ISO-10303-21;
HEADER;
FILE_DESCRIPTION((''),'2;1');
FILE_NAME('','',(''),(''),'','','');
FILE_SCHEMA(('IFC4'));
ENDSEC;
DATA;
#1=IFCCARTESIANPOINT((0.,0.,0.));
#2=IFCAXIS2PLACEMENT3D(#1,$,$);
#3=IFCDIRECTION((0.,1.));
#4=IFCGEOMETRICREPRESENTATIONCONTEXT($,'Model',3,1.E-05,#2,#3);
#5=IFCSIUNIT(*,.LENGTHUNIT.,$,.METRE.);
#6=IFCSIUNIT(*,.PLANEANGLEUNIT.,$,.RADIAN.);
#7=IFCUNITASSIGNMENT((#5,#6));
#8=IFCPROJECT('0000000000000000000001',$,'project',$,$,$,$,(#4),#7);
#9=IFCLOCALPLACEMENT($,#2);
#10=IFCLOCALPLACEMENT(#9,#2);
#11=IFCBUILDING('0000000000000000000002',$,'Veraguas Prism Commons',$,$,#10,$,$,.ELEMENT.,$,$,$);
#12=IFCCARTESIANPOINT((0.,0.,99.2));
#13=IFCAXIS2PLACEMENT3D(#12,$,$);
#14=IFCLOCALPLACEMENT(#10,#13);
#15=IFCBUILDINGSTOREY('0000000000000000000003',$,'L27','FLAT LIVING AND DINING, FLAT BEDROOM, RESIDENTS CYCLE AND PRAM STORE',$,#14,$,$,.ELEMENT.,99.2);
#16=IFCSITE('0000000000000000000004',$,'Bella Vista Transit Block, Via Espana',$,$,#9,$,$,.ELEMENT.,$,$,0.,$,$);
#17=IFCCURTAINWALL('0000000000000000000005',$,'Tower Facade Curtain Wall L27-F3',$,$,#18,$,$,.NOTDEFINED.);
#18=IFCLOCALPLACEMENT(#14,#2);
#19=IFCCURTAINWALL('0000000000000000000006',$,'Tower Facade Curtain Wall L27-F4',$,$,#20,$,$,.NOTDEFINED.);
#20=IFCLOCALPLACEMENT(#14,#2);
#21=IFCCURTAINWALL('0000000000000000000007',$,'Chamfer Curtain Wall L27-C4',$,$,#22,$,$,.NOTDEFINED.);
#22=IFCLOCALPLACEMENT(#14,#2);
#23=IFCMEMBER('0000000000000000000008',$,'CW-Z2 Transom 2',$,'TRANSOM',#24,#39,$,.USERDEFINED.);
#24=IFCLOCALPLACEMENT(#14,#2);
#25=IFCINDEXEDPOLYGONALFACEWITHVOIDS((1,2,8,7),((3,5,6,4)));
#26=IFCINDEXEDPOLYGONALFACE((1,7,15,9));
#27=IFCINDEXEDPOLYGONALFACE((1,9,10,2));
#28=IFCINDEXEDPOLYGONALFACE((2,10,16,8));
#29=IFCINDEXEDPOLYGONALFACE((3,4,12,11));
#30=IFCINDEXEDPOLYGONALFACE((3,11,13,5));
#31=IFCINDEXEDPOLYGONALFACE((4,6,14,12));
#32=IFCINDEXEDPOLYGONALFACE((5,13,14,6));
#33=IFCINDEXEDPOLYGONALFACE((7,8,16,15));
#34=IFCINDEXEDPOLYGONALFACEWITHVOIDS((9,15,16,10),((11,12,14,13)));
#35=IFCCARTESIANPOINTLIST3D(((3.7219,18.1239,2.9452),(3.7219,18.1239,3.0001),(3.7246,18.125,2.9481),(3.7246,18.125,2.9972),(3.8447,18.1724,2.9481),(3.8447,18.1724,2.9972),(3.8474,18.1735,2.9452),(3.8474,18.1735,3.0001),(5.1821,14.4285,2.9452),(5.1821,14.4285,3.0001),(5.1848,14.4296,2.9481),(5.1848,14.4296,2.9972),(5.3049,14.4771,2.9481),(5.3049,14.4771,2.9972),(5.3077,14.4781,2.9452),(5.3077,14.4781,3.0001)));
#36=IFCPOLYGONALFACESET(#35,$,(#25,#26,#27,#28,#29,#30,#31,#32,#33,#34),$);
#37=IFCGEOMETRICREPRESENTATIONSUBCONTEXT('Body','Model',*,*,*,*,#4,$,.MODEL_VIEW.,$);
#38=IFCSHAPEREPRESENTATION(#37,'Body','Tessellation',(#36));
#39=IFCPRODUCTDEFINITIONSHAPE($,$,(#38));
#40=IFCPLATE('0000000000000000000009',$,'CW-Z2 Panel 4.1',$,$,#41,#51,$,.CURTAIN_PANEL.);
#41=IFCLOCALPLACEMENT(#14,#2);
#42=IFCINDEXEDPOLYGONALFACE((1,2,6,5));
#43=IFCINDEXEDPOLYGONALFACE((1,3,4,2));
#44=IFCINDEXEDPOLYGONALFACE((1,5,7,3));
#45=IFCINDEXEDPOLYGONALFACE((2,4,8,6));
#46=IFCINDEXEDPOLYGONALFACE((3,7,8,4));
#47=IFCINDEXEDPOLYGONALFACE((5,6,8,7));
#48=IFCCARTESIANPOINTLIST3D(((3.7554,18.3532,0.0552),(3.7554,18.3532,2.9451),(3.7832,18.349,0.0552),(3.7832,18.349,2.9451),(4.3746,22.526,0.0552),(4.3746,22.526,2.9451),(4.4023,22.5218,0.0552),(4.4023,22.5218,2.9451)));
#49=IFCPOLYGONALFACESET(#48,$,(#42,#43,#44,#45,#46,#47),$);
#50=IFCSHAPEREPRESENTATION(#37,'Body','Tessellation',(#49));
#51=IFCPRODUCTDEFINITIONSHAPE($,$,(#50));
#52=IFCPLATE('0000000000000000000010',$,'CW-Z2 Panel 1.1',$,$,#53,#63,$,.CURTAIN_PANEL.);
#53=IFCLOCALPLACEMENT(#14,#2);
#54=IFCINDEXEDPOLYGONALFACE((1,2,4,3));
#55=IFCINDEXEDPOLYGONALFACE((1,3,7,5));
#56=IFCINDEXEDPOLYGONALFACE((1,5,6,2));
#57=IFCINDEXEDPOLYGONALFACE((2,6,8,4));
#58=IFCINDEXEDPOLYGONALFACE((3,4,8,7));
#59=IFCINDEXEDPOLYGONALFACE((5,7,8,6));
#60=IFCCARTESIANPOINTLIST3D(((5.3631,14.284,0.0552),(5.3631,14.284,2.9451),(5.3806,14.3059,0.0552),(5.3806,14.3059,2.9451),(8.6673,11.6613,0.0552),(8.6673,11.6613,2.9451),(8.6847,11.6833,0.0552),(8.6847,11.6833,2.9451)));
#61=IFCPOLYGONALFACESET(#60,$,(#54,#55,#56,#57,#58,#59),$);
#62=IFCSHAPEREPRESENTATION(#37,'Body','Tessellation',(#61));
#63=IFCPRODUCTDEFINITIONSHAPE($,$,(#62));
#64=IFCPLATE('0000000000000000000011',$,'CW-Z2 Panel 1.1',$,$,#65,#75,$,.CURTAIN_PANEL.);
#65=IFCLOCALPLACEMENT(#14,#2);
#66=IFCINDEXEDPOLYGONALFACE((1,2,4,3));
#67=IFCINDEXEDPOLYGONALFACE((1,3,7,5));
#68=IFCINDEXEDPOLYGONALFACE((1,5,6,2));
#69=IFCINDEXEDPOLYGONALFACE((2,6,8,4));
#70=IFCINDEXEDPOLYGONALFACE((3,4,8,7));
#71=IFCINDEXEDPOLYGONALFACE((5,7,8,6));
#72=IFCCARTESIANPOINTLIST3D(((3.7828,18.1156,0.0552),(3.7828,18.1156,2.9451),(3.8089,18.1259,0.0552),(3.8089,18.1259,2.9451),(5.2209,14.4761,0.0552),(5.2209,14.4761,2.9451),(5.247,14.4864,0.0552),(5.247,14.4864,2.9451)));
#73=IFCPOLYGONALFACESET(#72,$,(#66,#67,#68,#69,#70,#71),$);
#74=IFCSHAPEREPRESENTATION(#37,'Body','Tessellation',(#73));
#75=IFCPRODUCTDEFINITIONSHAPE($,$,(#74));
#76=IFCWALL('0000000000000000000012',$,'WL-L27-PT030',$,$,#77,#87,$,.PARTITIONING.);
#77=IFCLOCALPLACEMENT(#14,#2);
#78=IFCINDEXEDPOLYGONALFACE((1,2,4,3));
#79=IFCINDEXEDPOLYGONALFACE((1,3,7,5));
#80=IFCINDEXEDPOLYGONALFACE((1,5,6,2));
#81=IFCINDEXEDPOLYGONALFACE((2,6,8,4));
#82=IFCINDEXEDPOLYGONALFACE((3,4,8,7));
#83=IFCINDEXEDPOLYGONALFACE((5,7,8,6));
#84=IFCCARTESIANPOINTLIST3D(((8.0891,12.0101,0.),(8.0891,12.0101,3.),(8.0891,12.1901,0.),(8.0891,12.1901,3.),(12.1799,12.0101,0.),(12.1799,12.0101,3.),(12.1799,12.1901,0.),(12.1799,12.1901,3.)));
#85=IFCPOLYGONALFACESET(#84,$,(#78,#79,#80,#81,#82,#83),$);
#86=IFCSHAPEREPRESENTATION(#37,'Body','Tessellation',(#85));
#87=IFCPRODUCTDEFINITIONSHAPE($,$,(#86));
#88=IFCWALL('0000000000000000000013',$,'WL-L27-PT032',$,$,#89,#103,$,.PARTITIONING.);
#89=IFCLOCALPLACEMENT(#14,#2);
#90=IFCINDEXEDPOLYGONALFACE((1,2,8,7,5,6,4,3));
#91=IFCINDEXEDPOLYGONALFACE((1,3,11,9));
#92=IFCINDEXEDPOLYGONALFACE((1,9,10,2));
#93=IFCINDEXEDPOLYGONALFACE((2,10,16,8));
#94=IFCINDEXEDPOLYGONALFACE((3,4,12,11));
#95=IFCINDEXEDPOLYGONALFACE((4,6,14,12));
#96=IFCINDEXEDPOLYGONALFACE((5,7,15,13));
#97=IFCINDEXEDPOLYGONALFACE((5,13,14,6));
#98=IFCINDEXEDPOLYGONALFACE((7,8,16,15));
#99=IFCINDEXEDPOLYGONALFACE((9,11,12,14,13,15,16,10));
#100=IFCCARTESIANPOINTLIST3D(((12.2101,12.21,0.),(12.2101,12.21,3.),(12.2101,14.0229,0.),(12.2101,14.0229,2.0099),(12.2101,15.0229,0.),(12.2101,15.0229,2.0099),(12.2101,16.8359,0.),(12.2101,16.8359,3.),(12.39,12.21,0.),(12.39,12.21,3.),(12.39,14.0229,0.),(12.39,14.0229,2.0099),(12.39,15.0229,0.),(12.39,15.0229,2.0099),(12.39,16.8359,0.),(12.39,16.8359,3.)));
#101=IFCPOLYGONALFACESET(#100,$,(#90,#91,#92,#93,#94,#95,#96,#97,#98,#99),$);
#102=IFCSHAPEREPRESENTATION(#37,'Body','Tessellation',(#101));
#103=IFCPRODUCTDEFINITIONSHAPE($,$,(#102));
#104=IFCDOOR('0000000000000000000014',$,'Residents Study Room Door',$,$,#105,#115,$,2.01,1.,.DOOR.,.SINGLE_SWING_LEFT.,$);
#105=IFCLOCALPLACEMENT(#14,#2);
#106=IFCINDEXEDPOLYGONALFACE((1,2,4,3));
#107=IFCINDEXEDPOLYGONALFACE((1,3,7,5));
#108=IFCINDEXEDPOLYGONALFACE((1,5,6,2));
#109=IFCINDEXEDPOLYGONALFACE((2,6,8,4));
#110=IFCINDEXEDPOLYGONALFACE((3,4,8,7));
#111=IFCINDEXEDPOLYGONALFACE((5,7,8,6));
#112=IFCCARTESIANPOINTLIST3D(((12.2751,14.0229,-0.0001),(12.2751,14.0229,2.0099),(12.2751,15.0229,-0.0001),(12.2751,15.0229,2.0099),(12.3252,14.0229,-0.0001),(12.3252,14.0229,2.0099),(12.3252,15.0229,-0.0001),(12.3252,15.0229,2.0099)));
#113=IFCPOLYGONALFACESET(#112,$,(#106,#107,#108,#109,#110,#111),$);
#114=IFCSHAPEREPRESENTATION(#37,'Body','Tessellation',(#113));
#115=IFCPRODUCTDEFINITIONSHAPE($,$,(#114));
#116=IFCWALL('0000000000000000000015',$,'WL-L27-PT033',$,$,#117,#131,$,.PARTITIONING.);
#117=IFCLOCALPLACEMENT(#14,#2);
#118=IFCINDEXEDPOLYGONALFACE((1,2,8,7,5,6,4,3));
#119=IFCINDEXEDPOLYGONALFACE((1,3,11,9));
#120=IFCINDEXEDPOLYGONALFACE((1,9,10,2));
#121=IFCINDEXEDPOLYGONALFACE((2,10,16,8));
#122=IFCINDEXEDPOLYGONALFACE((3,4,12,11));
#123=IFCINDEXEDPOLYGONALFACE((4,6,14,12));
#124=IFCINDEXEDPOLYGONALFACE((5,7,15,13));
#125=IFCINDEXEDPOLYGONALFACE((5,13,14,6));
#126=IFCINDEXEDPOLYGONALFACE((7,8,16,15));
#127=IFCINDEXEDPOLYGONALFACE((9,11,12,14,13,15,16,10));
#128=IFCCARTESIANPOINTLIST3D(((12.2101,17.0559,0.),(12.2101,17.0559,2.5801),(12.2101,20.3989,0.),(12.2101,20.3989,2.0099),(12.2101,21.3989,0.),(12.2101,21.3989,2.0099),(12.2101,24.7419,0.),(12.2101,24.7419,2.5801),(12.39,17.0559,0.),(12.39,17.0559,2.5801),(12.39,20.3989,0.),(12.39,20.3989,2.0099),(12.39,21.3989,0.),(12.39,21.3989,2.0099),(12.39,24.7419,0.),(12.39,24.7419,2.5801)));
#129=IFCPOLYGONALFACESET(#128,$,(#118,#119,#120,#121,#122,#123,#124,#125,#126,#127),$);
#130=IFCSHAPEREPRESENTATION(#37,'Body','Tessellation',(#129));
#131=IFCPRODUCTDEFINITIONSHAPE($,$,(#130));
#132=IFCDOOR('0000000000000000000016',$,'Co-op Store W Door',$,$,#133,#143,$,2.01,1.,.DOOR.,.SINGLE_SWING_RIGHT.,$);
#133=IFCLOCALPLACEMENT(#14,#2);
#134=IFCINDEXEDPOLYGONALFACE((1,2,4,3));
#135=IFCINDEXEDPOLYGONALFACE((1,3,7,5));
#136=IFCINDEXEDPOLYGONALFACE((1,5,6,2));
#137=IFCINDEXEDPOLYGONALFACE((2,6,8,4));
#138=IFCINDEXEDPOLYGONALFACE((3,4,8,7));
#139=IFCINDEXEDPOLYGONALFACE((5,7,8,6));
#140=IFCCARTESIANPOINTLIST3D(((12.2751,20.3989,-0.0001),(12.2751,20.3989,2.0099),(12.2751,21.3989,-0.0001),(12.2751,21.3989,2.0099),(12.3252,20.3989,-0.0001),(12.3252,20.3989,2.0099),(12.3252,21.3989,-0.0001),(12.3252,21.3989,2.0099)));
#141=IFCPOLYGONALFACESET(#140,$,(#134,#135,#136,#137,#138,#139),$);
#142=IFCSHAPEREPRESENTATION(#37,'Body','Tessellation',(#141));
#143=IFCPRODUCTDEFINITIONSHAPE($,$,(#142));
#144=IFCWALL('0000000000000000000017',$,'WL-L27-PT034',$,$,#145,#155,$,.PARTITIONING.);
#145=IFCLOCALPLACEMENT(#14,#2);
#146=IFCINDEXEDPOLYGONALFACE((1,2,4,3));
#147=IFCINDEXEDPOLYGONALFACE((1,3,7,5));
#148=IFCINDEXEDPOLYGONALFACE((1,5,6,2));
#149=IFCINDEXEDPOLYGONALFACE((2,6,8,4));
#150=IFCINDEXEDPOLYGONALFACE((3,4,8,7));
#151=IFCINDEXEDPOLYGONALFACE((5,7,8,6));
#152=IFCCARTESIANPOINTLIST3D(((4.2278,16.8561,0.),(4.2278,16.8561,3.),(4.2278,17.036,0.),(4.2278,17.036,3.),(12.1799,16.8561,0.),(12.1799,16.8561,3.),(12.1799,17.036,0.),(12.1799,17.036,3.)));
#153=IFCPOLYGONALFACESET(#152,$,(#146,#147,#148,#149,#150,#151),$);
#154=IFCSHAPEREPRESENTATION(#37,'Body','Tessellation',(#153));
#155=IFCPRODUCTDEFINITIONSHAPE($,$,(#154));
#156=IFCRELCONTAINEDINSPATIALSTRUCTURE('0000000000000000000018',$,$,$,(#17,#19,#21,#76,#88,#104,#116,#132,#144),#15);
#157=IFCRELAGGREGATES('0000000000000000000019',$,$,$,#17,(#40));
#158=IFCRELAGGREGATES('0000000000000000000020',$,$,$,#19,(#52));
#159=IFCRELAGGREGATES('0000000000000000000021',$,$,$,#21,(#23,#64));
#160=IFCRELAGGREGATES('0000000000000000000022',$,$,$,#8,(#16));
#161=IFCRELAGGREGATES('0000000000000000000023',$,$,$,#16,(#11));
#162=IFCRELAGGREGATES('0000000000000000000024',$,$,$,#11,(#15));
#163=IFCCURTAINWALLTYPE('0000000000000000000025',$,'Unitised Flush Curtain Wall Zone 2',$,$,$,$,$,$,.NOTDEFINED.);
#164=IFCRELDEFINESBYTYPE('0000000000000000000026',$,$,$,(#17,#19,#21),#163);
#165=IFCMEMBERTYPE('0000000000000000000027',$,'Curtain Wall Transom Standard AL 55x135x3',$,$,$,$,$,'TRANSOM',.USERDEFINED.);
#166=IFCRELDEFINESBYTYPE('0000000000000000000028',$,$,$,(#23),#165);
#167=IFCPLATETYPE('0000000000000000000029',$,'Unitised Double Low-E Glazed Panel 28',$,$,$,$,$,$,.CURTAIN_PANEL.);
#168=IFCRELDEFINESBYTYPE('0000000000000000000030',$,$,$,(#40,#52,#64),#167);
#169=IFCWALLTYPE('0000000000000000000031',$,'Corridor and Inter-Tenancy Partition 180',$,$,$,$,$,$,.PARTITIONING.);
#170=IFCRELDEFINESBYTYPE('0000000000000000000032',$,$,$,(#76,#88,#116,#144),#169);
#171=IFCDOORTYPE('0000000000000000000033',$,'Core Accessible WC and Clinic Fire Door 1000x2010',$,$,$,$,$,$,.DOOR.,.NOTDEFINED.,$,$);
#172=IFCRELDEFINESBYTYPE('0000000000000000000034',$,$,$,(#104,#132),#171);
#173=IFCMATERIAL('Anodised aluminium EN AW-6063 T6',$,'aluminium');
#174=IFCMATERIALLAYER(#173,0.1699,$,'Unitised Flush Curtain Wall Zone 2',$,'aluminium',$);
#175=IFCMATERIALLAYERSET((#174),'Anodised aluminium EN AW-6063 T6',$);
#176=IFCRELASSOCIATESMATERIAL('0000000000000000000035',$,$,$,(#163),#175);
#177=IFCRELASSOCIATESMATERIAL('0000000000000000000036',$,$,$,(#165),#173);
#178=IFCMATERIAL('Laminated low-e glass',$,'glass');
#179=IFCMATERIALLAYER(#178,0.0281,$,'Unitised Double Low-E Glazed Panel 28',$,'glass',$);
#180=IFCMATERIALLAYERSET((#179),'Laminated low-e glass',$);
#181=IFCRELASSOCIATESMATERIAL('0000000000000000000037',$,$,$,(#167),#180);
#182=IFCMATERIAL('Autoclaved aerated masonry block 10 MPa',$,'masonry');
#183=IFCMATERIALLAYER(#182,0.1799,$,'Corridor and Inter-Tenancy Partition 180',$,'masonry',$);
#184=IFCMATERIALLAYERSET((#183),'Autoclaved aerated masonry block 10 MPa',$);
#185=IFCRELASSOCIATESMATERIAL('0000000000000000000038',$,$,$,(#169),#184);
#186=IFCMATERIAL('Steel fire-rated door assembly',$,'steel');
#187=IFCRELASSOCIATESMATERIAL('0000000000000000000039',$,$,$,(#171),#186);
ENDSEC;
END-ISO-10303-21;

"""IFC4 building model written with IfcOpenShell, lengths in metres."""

from ifc_helpers import new_model, si_unit, direction, frame, frame_2d, origin, origin_2d, place, context, subcontext, project, spatial, rectangle, hollow_rectangle, extrude, source, transform, mapped, material, layer, layer_set, material_profile, profile_set, type_object, element, fill, aggregate, save


model = new_model("IFC4")

# Units and contexts
model_context = context("Model", 3, precision=1e-05, world=origin(), true_north=direction((0.0, 1.0)))
body_context = subcontext(model_context, "Body", "Model", "MODEL_VIEW")
ifc_project = project(units=[si_unit("LENGTHUNIT", "METRE"), si_unit("PLANEANGLEUNIT", "RADIAN")], contexts=[model_context])

# Site, building, storey
site_placement = place(None, origin())
site = spatial("IfcSite", under=ifc_project, at=site_placement, Name="Bella Vista Transit Block, Via Espana", CompositionType="ELEMENT", RefElevation=0.0)
building_placement = place(site_placement, origin())
building = spatial("IfcBuilding", under=site, at=building_placement, Name="Veraguas Prism Commons", CompositionType="ELEMENT")
storey_placement = place(building_placement, frame((0.0, 0.0, 99.2)))
storey = spatial("IfcBuildingStorey", under=building, at=storey_placement, Name="L27", Description="FLAT LIVING AND DINING, FLAT BEDROOM, RESIDENTS CYCLE AND PRAM STORE", CompositionType="ELEMENT", Elevation=99.2)

# Curtain walls
ifc_material_1 = material(Name="Anodised aluminium EN AW-6063 T6", Category="aluminium")
ifc_layer_1 = layer(ifc_material_1, 0.1699, Name="Unitised Flush Curtain Wall Zone 2", Category="aluminium")
ifc_layer_set_1 = layer_set([ifc_layer_1], Name="Anodised aluminium EN AW-6063 T6")
curtain_wall_type = type_object("IfcCurtainWallType", Name="Unitised Flush Curtain Wall Zone 2", PredefinedType="NOTDEFINED", material=ifc_layer_set_1)
curtain_wall_1_placement = place(storey_placement, origin())
curtain_wall_1 = element("IfcCurtainWall", 1, at=curtain_wall_1_placement, inside=storey, type_object=curtain_wall_type, Name="Tower Facade Curtain Wall L27-F3", PredefinedType="NOTDEFINED")
curtain_wall_2_placement = place(storey_placement, origin())
curtain_wall_2 = element("IfcCurtainWall", 2, at=curtain_wall_2_placement, inside=storey, type_object=curtain_wall_type, Name="Tower Facade Curtain Wall L27-F4", PredefinedType="NOTDEFINED")

# Curtain wall
curtain_wall_3_placement = place(storey_placement, origin())
curtain_wall_3 = element("IfcCurtainWall", 3, at=curtain_wall_3_placement, inside=storey, type_object=curtain_wall_type, Name="Chamfer Curtain Wall L27-C4", PredefinedType="NOTDEFINED")

# Member
ifc_material_profile_1 = material_profile(ifc_material_1, hollow_rectangle(XDim=0.0549, YDim=0.135, WallThickness=0.0029, at=origin_2d()), Name="AL55X135X3")
ifc_profile_set_1 = profile_set([ifc_material_profile_1], Name="Anodised aluminium EN AW-6063 T6")
member_type_1 = type_object("IfcMemberType", Name="Curtain Wall Transom Standard AL 55x135x3", ElementType="TRANSOM", PredefinedType="USERDEFINED", material=ifc_profile_set_1)
shared_shape_1 = source(origin(), body_context, "Body", "SweptSolid", [
    extrude(hollow_rectangle(XDim=0.0549, YDim=0.135, WallThickness=0.0029, at=origin_2d()), origin(), (0.0, 0.0, 1.0), 3.9734),
])
member_1_placement = place(storey_placement, frame((3.7847, 18.1487, 2.9727), z_axis=(0.367499, -0.930024, 0.0), x_axis=(0.0, 0.0, 1.0)))
member_1 = element("IfcMember", 4, at=member_1_placement, type_object=member_type_1, Name="CW-Z2 Transom 2", ObjectType="TRANSOM", PredefinedType="USERDEFINED", context=body_context, shape_type="MappedRepresentation", body=[
    mapped(shared_shape_1, transform((0.0, 0.0, 0.0), scale=1.0)),
])

# Plates
ifc_material_2 = material(Name="Laminated low-e glass", Category="glass")
ifc_layer_2 = layer(ifc_material_2, 0.0281, Name="Unitised Double Low-E Glazed Panel 28", Category="glass")
ifc_layer_set_2 = layer_set([ifc_layer_2], Name="Laminated low-e glass")
plate_type = type_object("IfcPlateType", Name="Unitised Double Low-E Glazed Panel 28", PredefinedType="CURTAIN_PANEL", material=ifc_layer_set_2)
shared_shape_2 = source(origin(), body_context, "Body", "SweptSolid", [
    extrude(rectangle(XDim=4.2185, YDim=0.0281, at=origin_2d()), origin(), (0.0, 0.0, 1.0), 2.8899),
])
plate_1_placement = place(storey_placement, frame((4.0789, 20.4375, 0.0552), z_axis=(0.0, 0.0, 1.0), x_axis=(-0.146777, -0.98917, 0.0)))
plate_1 = element("IfcPlate", 5, at=plate_1_placement, type_object=plate_type, Name="CW-Z2 Panel 4.1", PredefinedType="CURTAIN_PANEL", context=body_context, shape_type="MappedRepresentation", body=[
    mapped(shared_shape_2, transform((0.0, 0.0, 0.0), scale=1.0)),
])
aggregate(curtain_wall_1, [plate_1])
plate_2_placement = place(storey_placement, frame((7.0239, 12.9836, 0.0552), z_axis=(0.0, 0.0, 1.0), x_axis=(0.783261, -0.621693, 0.0)))
plate_2 = element("IfcPlate", 6, at=plate_2_placement, type_object=plate_type, Name="CW-Z2 Panel 1.1", PredefinedType="CURTAIN_PANEL", context=body_context, shape_type="MappedRepresentation", body=[
    mapped(shared_shape_2, transform((0.0, 0.0, 0.0), scale=1.0)),
])
aggregate(curtain_wall_2, [plate_2])
shared_shape_3 = source(origin(), body_context, "Body", "SweptSolid", [
    extrude(rectangle(XDim=3.9133, YDim=0.0281, at=origin_2d()), origin(), (0.0, 0.0, 1.0), 2.8899),
])
plate_3_placement = place(storey_placement, frame((4.5149, 16.301, 0.0552), z_axis=(0.0, 0.0, 1.0), x_axis=(0.367498, -0.930024, 0.0)))
plate_3 = element("IfcPlate", 7, at=plate_3_placement, type_object=plate_type, Name="CW-Z2 Panel 1.1", PredefinedType="CURTAIN_PANEL", context=body_context, shape_type="MappedRepresentation", body=[
    mapped(shared_shape_3, transform((0.0, 0.0, 0.0), scale=1.0)),
])
aggregate(curtain_wall_3, [member_1, plate_3])

# Wall
ifc_material_3 = material(Name="Autoclaved aerated masonry block 10 MPa", Category="masonry")
ifc_layer_3 = layer(ifc_material_3, 0.1799, Name="Corridor and Inter-Tenancy Partition 180", Category="masonry")
ifc_layer_set_3 = layer_set([ifc_layer_3], Name="Autoclaved aerated masonry block 10 MPa")
wall_type = type_object("IfcWallType", Name="Corridor and Inter-Tenancy Partition 180", PredefinedType="PARTITIONING", material=ifc_layer_set_3)
wall_1_placement = place(storey_placement, frame((12.1799, 12.1001, 0.0), z_axis=(0.0, 0.0, 1.0), x_axis=(-1.0, 0.0, 0.0)))
element("IfcWall", 8, at=wall_1_placement, inside=storey, type_object=wall_type, Name="WL-L27-PT030", PredefinedType="PARTITIONING", context=body_context, shape_type="SweptSolid", body=[
    extrude(rectangle(XDim=4.0908, YDim=0.1799, at=frame_2d((2.0454, 0.0))), origin(), (0.0, 0.0, 1.0), 3.0),
])

# Walls, openings, doors
wall_2_placement = place(storey_placement, frame((12.3, 12.21, 0.0), z_axis=(0.0, 0.0, 1.0), x_axis=(0.0, 1.0, 0.0)))
wall_2 = element("IfcWall", 9, at=wall_2_placement, inside=storey, type_object=wall_type, Name="WL-L27-PT032", PredefinedType="PARTITIONING", context=body_context, shape_type="SweptSolid", body=[
    extrude(rectangle(XDim=4.626, YDim=0.1799, at=frame_2d((2.313, 0.0))), origin(), (0.0, 0.0, 1.0), 3.0),
])
opening_1_placement = place(wall_2_placement, frame((1.813, 0.0, 0.0)))
opening_1 = element("IfcOpeningElement", 10, at=opening_1_placement, cuts=wall_2, PredefinedType="OPENING", context=body_context, shape_type="SweptSolid", body=[
    extrude(rectangle(XDim=1.0, YDim=2.01, at=frame_2d((0.5, 1.0049))), frame((0.0, 0.0999, 0.0), z_axis=(0.0, -1.0, 0.0), x_axis=(1.0, 0.0, 0.0)), (0.0, 0.0, 1.0), 0.2),
])
ifc_material_4 = material(Name="Steel fire-rated door assembly", Category="steel")
door_type = type_object("IfcDoorType", Name="Core Accessible WC and Clinic Fire Door 1000x2010", OperationType="NOTDEFINED", PredefinedType="DOOR", material=ifc_material_4)
shared_shape_4 = source(origin(), body_context, "Body", "SweptSolid", [
    extrude(rectangle(XDim=1.0, YDim=2.01, at=frame_2d((0.5, 1.0049))), frame((0.0, 0.0249, 0.0), z_axis=(0.0, -1.0, 0.0), x_axis=(1.0, 0.0, 0.0)), (0.0, 0.0, 1.0), 0.05),
])
door_1_placement = place(opening_1_placement, origin())
door_1 = element("IfcDoor", 11, at=door_1_placement, inside=storey, type_object=door_type, Name="Residents Study Room Door", OperationType="SINGLE_SWING_LEFT", OverallHeight=2.01, OverallWidth=1.0, PredefinedType="DOOR", context=body_context, shape_type="MappedRepresentation", body=[
    mapped(shared_shape_4, transform((0.0, 0.0, 0.0), scale=1.0)),
])
fill(opening_1, door_1)
wall_3_placement = place(storey_placement, frame((12.3, 17.0559, 0.0), z_axis=(0.0, 0.0, 1.0), x_axis=(0.0, 1.0, 0.0)))
wall_3 = element("IfcWall", 12, at=wall_3_placement, inside=storey, type_object=wall_type, Name="WL-L27-PT033", PredefinedType="PARTITIONING", context=body_context, shape_type="SweptSolid", body=[
    extrude(rectangle(XDim=7.686, YDim=0.1799, at=frame_2d((3.843, 0.0))), origin(), (0.0, 0.0, 1.0), 2.5801),
])
opening_2_placement = place(wall_3_placement, frame((3.343, 0.0, 0.0)))
opening_2 = element("IfcOpeningElement", 13, at=opening_2_placement, cuts=wall_3, PredefinedType="OPENING", context=body_context, shape_type="SweptSolid", body=[
    extrude(rectangle(XDim=1.0, YDim=2.01, at=frame_2d((0.5, 1.0049))), frame((0.0, 0.0999, 0.0), z_axis=(0.0, -1.0, 0.0), x_axis=(1.0, 0.0, 0.0)), (0.0, 0.0, 1.0), 0.2),
])
door_2_placement = place(opening_2_placement, origin())
door_2 = element("IfcDoor", 14, at=door_2_placement, inside=storey, type_object=door_type, Name="Co-op Store W Door", OperationType="SINGLE_SWING_RIGHT", OverallHeight=2.01, OverallWidth=1.0, PredefinedType="DOOR", context=body_context, shape_type="MappedRepresentation", body=[
    mapped(shared_shape_4, transform((0.0, 0.0, 0.0), scale=1.0)),
])
fill(opening_2, door_2)

# Wall
wall_4_placement = place(storey_placement, frame((12.1799, 16.946, 0.0), z_axis=(0.0, 0.0, 1.0), x_axis=(-1.0, 0.0, 0.0)))
element("IfcWall", 15, at=wall_4_placement, inside=storey, type_object=wall_type, Name="WL-L27-PT034", PredefinedType="PARTITIONING", context=body_context, shape_type="SweptSolid", body=[
    extrude(rectangle(XDim=7.9521, YDim=0.1799, at=frame_2d((3.9761, 0.0))), origin(), (0.0, 0.0, 1.0), 3.0),
])

save(model, "model.ifc")
